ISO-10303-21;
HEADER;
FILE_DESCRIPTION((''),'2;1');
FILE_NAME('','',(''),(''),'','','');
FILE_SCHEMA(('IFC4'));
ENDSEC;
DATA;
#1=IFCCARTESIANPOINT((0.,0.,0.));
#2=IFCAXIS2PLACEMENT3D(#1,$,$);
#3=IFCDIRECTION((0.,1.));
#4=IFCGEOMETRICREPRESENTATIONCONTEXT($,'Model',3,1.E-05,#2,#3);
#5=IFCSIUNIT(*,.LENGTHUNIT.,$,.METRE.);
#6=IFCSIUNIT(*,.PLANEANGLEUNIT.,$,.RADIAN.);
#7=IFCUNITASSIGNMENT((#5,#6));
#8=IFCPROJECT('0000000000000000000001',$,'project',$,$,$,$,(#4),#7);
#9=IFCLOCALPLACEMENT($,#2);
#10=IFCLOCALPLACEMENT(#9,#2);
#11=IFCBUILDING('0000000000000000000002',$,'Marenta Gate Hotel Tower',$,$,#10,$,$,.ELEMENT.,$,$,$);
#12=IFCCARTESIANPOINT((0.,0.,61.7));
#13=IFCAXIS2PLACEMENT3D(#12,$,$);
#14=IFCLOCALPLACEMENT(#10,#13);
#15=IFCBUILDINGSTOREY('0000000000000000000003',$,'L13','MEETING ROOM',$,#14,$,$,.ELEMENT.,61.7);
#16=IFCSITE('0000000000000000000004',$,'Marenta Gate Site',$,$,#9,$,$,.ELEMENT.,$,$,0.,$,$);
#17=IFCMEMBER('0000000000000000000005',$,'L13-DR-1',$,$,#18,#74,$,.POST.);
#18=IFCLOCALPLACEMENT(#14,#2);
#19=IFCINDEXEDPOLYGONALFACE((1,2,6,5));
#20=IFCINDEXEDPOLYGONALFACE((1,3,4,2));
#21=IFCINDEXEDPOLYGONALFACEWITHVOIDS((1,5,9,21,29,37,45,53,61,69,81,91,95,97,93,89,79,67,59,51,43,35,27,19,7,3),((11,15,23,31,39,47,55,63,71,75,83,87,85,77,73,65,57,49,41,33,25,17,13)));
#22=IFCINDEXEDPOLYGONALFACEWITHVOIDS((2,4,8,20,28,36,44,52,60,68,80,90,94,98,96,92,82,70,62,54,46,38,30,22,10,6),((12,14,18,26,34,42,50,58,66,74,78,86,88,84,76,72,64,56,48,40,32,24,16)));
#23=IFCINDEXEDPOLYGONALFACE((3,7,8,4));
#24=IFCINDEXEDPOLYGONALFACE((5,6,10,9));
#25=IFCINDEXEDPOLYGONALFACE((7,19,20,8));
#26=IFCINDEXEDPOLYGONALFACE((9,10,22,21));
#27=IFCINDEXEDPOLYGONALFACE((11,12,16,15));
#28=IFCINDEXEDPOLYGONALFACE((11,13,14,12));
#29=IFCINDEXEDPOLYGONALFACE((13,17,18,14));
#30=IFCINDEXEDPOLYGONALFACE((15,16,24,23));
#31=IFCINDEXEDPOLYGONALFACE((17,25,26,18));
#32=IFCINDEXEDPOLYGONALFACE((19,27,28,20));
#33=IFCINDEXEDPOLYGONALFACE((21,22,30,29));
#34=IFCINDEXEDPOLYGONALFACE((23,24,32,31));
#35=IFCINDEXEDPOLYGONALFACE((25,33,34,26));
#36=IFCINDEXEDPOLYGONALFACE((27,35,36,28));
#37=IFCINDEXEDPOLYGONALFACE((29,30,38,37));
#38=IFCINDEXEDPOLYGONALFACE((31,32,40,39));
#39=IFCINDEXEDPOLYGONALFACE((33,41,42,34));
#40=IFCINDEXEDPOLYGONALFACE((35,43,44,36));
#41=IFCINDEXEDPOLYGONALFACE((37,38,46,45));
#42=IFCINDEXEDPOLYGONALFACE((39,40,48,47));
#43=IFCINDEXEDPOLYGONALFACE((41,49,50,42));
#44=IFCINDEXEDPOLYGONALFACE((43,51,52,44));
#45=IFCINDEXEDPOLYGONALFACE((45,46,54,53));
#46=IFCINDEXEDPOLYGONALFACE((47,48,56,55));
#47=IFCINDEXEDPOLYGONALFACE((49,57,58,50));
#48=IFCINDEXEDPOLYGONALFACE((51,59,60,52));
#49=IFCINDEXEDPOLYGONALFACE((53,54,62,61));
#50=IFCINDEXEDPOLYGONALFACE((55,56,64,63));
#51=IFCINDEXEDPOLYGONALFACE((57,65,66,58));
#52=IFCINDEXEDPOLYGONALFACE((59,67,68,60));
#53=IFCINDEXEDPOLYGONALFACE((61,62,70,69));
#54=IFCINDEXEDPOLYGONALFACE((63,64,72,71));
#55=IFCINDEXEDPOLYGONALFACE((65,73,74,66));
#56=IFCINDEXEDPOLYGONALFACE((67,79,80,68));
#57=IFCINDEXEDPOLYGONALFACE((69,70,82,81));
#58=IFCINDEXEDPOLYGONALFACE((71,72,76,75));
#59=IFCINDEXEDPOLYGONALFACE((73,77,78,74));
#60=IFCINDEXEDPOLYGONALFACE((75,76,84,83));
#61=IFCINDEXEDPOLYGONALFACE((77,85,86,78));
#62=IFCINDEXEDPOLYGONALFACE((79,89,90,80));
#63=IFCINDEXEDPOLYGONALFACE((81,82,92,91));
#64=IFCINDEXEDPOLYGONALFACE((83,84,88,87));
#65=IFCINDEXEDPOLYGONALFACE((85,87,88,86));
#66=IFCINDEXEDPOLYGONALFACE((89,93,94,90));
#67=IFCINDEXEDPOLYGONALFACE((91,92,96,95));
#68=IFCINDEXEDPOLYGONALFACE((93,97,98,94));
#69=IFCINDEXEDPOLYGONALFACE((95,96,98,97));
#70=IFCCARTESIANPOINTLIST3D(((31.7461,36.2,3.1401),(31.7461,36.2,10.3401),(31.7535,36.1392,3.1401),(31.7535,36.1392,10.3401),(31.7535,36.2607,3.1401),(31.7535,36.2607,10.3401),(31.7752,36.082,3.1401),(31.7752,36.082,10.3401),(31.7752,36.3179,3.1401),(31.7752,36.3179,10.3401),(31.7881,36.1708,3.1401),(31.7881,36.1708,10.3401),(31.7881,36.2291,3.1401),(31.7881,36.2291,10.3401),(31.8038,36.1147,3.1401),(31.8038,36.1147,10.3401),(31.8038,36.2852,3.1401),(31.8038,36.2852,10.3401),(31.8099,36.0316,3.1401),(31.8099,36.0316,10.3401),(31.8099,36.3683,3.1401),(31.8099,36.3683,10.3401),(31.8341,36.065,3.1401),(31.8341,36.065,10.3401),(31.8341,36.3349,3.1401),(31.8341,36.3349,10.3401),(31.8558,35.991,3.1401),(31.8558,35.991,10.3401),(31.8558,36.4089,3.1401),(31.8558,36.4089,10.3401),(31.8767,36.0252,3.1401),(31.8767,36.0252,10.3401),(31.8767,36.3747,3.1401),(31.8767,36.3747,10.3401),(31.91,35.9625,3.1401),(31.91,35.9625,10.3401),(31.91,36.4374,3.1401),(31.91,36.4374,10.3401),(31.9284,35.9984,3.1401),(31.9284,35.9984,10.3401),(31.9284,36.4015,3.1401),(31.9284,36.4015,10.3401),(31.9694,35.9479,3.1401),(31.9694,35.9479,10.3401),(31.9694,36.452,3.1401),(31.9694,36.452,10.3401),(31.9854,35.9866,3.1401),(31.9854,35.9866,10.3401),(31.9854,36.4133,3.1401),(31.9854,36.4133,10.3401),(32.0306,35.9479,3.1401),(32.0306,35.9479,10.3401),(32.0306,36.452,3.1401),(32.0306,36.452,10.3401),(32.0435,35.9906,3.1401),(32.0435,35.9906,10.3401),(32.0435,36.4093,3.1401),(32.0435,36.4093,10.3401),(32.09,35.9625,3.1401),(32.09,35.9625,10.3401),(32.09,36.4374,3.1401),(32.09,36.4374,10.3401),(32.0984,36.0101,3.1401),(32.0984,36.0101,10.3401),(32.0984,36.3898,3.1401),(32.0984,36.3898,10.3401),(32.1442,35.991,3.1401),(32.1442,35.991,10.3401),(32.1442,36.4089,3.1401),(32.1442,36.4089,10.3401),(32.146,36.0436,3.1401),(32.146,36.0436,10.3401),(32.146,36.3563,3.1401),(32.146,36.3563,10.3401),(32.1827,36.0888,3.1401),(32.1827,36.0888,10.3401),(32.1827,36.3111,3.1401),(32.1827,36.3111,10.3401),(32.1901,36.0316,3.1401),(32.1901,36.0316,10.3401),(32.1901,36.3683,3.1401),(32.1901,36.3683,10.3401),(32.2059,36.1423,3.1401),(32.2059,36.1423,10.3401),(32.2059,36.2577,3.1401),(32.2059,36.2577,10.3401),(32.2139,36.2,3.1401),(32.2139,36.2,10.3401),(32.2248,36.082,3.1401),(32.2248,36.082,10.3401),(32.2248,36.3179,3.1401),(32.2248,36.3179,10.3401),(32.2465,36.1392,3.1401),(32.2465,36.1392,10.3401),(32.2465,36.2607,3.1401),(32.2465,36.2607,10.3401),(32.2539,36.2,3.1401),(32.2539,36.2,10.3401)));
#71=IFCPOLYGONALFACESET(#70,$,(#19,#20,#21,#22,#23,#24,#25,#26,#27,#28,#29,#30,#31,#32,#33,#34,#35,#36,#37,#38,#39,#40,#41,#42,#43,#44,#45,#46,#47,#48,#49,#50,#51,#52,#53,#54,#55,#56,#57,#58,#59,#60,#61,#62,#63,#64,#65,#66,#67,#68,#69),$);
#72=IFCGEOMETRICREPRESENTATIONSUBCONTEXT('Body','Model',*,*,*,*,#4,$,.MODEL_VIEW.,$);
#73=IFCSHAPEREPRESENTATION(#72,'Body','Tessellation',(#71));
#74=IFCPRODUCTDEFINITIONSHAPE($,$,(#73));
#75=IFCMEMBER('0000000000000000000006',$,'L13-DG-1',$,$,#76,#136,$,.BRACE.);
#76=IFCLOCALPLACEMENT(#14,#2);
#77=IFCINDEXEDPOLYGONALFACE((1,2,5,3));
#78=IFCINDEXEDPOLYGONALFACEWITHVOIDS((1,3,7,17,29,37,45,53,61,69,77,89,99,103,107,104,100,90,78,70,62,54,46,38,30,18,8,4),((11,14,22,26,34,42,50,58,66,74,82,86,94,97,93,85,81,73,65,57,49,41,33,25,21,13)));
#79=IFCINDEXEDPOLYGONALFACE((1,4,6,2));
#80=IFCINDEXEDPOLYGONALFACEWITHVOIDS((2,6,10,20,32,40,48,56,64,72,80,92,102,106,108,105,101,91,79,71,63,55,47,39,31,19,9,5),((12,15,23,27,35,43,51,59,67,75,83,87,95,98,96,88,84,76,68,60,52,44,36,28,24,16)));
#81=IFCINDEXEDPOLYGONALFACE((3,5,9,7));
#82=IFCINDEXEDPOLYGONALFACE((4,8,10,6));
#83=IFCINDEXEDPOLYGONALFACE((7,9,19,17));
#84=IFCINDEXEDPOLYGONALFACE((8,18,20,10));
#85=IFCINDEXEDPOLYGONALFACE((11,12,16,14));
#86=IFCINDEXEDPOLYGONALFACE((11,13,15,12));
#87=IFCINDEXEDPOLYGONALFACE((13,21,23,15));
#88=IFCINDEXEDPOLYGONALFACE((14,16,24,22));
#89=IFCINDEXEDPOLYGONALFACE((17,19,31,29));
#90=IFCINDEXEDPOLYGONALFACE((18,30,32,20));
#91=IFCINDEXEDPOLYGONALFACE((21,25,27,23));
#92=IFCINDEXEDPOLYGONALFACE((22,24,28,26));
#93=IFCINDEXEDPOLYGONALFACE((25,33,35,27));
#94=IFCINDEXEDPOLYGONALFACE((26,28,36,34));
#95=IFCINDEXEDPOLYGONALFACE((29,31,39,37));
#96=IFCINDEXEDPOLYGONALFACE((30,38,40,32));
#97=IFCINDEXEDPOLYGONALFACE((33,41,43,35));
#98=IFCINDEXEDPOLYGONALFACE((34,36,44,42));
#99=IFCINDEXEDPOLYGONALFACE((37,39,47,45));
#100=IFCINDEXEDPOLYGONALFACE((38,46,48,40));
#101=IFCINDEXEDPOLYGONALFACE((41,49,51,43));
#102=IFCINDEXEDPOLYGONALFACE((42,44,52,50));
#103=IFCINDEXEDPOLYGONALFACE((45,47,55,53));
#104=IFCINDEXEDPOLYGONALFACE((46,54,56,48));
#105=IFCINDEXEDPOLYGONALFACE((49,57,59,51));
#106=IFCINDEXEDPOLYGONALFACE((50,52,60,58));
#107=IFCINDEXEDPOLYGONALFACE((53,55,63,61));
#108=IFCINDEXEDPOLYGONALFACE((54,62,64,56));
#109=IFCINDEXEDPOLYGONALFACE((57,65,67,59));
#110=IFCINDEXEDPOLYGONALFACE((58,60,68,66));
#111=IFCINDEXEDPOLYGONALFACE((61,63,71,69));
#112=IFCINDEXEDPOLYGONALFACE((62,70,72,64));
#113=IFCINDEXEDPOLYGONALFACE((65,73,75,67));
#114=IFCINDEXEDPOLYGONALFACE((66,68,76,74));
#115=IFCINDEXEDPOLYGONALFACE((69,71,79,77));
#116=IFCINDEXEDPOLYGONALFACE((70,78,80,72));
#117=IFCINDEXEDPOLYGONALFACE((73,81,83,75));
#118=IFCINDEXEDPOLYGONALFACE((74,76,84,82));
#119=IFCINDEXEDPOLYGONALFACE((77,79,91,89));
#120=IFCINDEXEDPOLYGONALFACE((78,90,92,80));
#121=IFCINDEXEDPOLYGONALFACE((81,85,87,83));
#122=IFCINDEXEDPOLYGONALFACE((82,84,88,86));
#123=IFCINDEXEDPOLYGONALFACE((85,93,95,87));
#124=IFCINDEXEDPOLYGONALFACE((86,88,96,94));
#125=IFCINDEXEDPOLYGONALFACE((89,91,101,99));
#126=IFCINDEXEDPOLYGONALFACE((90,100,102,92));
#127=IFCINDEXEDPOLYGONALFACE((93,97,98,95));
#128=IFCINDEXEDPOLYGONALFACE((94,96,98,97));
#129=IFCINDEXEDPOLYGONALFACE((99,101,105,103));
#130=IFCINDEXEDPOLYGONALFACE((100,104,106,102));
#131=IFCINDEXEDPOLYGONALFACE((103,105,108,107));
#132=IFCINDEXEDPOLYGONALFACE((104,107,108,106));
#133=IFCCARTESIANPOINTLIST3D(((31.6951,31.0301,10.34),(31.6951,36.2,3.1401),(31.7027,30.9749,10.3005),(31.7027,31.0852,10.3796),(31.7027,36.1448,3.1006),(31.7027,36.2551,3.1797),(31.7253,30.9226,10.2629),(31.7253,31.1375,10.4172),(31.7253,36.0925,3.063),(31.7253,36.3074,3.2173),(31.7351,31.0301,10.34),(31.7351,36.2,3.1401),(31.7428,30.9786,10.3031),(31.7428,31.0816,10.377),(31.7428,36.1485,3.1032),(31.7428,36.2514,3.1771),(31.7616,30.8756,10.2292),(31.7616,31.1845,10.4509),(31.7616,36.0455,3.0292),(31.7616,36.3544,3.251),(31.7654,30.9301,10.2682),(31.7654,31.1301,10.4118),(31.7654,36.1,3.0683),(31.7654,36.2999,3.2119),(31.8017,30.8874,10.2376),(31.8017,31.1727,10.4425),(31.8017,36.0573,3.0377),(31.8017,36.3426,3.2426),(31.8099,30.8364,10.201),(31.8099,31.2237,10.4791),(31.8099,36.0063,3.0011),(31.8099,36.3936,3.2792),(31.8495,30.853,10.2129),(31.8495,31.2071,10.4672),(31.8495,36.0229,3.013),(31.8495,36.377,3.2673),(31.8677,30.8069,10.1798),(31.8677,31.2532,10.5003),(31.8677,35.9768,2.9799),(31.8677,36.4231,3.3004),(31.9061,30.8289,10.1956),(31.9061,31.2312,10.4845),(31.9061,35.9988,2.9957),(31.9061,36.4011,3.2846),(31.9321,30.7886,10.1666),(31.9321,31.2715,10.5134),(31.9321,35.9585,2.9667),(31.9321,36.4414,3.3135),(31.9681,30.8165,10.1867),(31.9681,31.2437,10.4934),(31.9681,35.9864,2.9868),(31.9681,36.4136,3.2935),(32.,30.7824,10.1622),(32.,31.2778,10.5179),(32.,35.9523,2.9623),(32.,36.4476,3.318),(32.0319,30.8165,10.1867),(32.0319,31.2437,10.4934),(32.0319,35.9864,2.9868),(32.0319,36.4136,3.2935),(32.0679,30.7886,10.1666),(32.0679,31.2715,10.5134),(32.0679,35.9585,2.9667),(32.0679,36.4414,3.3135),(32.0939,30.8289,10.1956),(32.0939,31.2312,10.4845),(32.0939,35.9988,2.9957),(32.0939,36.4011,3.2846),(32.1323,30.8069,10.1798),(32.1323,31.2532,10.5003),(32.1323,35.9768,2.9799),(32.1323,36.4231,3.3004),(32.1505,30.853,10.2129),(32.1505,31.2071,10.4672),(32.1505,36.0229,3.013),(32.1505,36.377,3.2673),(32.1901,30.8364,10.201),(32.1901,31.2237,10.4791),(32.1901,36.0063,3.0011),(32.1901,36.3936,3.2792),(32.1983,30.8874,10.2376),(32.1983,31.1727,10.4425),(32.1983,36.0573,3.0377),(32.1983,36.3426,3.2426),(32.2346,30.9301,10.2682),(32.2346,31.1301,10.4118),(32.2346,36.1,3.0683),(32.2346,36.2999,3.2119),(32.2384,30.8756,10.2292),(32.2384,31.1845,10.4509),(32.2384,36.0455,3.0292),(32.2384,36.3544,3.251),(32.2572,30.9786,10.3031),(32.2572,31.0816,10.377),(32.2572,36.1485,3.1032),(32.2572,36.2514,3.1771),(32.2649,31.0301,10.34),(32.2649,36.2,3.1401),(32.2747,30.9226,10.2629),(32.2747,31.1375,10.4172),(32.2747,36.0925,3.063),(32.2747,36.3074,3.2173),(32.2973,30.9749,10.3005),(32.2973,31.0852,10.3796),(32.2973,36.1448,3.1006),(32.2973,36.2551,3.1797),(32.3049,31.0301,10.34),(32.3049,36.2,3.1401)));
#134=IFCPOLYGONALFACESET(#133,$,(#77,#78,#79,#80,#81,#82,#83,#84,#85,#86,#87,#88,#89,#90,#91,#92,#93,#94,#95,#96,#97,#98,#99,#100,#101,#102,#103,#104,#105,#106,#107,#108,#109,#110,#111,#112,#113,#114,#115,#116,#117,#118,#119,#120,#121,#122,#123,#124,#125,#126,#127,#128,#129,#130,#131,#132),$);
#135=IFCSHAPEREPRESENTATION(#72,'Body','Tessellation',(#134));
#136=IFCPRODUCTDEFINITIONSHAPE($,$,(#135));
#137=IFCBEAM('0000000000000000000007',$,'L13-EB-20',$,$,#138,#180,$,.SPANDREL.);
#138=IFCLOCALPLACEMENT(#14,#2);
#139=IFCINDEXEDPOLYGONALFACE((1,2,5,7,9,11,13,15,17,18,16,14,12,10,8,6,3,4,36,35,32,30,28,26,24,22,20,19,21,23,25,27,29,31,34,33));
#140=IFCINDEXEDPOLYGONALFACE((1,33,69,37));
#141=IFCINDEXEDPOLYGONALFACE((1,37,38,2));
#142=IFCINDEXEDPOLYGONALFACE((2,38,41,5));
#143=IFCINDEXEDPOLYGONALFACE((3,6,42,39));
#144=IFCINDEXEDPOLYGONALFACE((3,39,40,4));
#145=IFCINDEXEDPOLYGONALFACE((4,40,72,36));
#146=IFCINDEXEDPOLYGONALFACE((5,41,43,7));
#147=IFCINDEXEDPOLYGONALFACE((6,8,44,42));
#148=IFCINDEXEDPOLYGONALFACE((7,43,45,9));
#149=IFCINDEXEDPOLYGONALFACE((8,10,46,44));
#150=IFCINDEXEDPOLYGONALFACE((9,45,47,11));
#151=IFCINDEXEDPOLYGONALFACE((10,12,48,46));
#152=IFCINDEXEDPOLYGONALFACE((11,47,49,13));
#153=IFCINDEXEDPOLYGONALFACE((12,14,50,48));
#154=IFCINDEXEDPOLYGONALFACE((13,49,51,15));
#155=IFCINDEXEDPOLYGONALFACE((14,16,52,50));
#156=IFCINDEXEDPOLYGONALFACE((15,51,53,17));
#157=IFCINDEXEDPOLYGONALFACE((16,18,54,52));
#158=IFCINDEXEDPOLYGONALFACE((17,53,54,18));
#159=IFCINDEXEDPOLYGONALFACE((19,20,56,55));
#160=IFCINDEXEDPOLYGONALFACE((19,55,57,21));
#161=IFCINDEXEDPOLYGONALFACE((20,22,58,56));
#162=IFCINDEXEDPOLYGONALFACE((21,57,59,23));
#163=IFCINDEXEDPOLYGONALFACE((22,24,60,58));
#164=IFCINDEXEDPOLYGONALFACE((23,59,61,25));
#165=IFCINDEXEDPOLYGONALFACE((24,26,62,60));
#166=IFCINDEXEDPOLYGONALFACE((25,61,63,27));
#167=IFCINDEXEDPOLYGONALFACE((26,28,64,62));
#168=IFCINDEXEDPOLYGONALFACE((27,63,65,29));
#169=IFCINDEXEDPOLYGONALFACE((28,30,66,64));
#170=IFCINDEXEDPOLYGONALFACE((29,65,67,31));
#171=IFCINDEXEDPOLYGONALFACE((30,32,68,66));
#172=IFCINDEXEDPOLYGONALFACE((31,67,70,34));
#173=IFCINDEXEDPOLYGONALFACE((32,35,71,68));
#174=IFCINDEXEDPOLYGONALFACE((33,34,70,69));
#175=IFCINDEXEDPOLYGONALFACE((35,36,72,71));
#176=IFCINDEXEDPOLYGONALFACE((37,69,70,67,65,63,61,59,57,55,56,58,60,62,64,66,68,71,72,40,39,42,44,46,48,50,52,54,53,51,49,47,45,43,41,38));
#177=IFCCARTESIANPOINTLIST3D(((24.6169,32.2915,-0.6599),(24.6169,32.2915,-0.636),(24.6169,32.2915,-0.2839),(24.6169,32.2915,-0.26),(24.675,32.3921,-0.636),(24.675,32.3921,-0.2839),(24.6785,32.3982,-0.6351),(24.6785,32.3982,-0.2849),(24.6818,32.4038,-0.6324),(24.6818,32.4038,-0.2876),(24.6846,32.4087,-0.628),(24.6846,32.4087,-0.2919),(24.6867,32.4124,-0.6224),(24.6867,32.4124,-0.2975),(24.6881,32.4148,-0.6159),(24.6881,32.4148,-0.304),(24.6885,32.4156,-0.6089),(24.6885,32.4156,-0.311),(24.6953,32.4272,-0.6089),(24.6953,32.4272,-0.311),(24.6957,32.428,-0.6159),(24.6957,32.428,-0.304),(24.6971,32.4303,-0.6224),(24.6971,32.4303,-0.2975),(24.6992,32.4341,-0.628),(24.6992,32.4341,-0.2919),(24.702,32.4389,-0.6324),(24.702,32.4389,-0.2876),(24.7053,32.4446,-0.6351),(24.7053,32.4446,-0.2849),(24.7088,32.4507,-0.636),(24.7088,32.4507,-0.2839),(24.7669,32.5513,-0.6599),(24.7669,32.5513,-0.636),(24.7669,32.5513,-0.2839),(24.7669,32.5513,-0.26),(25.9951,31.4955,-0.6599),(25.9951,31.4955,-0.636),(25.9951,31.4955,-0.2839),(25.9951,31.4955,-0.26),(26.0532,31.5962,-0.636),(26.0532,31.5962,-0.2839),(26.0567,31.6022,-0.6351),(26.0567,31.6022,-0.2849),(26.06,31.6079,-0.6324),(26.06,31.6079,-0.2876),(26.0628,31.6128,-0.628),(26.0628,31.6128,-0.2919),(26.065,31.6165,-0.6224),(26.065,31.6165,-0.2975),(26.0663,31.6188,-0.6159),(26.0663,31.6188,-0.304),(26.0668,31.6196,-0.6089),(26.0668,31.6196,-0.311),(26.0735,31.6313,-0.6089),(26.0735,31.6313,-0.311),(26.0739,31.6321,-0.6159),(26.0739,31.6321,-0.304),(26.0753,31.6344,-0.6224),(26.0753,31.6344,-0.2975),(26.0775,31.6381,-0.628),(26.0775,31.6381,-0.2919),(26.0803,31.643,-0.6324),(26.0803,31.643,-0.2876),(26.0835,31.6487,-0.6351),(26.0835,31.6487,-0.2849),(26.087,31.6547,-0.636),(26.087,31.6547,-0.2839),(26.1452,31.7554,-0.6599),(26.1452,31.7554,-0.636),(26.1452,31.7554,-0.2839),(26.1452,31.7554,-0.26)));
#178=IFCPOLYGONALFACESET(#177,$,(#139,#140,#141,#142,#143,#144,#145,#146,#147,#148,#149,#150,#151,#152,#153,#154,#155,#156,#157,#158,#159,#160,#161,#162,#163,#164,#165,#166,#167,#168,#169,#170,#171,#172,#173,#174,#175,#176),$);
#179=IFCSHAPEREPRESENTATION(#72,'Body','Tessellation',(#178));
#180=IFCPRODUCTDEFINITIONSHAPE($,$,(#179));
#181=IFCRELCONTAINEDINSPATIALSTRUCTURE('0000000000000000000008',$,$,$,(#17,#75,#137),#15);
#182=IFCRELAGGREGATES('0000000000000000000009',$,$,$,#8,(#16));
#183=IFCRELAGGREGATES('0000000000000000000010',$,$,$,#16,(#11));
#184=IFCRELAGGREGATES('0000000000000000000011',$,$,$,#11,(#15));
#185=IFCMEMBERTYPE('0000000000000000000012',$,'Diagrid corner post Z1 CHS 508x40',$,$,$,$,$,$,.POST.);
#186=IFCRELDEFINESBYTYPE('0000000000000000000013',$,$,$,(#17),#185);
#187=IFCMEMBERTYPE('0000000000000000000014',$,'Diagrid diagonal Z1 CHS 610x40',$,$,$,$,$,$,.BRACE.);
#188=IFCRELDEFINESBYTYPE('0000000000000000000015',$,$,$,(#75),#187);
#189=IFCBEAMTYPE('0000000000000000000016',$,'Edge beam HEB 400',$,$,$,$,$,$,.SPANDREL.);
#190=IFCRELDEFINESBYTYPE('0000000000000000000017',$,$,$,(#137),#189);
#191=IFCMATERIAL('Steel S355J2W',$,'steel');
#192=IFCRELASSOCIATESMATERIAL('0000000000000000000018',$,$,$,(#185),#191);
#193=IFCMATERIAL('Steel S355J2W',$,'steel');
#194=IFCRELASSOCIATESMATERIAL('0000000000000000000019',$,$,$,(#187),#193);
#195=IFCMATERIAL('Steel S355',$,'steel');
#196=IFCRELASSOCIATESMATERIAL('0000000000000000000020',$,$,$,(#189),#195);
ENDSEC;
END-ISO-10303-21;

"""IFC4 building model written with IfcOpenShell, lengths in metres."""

from ifc_helpers import new_model, si_unit, direction, frame, origin, origin_2d, place, context, subcontext, project, spatial, hollow_circle, i_section, extrude, material, material_profile, profile_set, type_object, element, save


model = new_model("IFC4")

# Units and contexts
model_context = context("Model", 3, precision=1e-05, world=origin(), true_north=direction((0.0, 1.0)))
body_context = subcontext(model_context, "Body", "Model", "MODEL_VIEW")
ifc_project = project(units=[si_unit("LENGTHUNIT", "METRE"), si_unit("PLANEANGLEUNIT", "RADIAN")], contexts=[model_context])

# Site, building, storey
site_placement = place(None, origin())
site = spatial("IfcSite", under=ifc_project, at=site_placement, Name="Marenta Gate Site", CompositionType="ELEMENT", RefElevation=0.0)
building_placement = place(site_placement, origin())
building = spatial("IfcBuilding", under=site, at=building_placement, Name="Marenta Gate Hotel Tower", CompositionType="ELEMENT")
storey_placement = place(building_placement, frame((0.0, 0.0, 61.7)))
storey = spatial("IfcBuildingStorey", under=building, at=storey_placement, Name="L13", Description="MEETING ROOM", CompositionType="ELEMENT", Elevation=61.7)

# Members
ifc_material_1 = material(Name="Steel S355J2W", Category="steel")
ifc_material_profile_1 = material_profile(ifc_material_1, hollow_circle(Radius=0.2539, WallThickness=0.04, at=origin_2d()), Name="CHS 508x40")
ifc_profile_set_1 = profile_set([ifc_material_profile_1], Name="Steel S355J2W")
member_type_1 = type_object("IfcMemberType", Name="Diagrid corner post Z1 CHS 508x40", PredefinedType="POST", material=ifc_profile_set_1)
member_1_placement = place(storey_placement, frame((32.0, 36.2, 3.1401), z_axis=(0.0, 0.0, 1.0), x_axis=(1.0, 0.0, 0.0)))
element("IfcMember", 1, at=member_1_placement, inside=storey, type_object=member_type_1, Name="L13-DR-1", PredefinedType="POST", context=body_context, shape_type="SweptSolid", body=[
    extrude(hollow_circle(Radius=0.2539, WallThickness=0.04, at=origin_2d()), origin(), (0.0, 0.0, 1.0), 7.2),
])
ifc_material_2 = material(Name="Steel S355J2W", Category="steel")
ifc_material_profile_2 = material_profile(ifc_material_2, hollow_circle(Radius=0.3049, WallThickness=0.04, at=origin_2d()), Name="CHS 610x40")
ifc_profile_set_2 = profile_set([ifc_material_profile_2], Name="Steel S355J2W")
member_type_2 = type_object("IfcMemberType", Name="Diagrid diagonal Z1 CHS 610x40", PredefinedType="BRACE", material=ifc_profile_set_2)
member_2_placement = place(storey_placement, frame((32.0, 36.2, 3.1401), z_axis=(0.0, -0.583261, 0.812285), x_axis=(1.0, 0.0, 0.0)))
element("IfcMember", 2, at=member_2_placement, inside=storey, type_object=member_type_2, Name="L13-DG-1", PredefinedType="BRACE", context=body_context, shape_type="SweptSolid", body=[
    extrude(hollow_circle(Radius=0.3049, WallThickness=0.04, at=origin_2d()), origin(), (0.0, 0.0, 1.0), 8.8638),
])

# Beam
ifc_material_3 = material(Name="Steel S355", Category="steel")
ifc_material_profile_3 = material_profile(ifc_material_3, i_section(OverallWidth=0.3, OverallDepth=0.3999, WebThickness=0.0134, FlangeThickness=0.0239, FilletRadius=0.0271, at=origin_2d()), Name="HEB 400")
ifc_profile_set_3 = profile_set([ifc_material_profile_3], Name="Steel S355")
beam_type = type_object("IfcBeamType", Name="Edge beam HEB 400", PredefinedType="SPANDREL", material=ifc_profile_set_3)
beam_placement = place(storey_placement, frame((24.6919, 32.4214, -0.46), z_axis=(0.865968, -0.500099, 0.0), x_axis=(0.500099, 0.865968, 0.0)))
element("IfcBeam", 3, at=beam_placement, inside=storey, type_object=beam_type, Name="L13-EB-20", PredefinedType="SPANDREL", context=body_context, shape_type="SweptSolid", body=[
    extrude(i_section(OverallWidth=0.3, OverallDepth=0.3999, WebThickness=0.0134, FlangeThickness=0.0239, FilletRadius=0.0271, at=origin_2d()), origin(), (0.0, 0.0, 1.0), 1.5916),
])

save(model, "model.ifc")
